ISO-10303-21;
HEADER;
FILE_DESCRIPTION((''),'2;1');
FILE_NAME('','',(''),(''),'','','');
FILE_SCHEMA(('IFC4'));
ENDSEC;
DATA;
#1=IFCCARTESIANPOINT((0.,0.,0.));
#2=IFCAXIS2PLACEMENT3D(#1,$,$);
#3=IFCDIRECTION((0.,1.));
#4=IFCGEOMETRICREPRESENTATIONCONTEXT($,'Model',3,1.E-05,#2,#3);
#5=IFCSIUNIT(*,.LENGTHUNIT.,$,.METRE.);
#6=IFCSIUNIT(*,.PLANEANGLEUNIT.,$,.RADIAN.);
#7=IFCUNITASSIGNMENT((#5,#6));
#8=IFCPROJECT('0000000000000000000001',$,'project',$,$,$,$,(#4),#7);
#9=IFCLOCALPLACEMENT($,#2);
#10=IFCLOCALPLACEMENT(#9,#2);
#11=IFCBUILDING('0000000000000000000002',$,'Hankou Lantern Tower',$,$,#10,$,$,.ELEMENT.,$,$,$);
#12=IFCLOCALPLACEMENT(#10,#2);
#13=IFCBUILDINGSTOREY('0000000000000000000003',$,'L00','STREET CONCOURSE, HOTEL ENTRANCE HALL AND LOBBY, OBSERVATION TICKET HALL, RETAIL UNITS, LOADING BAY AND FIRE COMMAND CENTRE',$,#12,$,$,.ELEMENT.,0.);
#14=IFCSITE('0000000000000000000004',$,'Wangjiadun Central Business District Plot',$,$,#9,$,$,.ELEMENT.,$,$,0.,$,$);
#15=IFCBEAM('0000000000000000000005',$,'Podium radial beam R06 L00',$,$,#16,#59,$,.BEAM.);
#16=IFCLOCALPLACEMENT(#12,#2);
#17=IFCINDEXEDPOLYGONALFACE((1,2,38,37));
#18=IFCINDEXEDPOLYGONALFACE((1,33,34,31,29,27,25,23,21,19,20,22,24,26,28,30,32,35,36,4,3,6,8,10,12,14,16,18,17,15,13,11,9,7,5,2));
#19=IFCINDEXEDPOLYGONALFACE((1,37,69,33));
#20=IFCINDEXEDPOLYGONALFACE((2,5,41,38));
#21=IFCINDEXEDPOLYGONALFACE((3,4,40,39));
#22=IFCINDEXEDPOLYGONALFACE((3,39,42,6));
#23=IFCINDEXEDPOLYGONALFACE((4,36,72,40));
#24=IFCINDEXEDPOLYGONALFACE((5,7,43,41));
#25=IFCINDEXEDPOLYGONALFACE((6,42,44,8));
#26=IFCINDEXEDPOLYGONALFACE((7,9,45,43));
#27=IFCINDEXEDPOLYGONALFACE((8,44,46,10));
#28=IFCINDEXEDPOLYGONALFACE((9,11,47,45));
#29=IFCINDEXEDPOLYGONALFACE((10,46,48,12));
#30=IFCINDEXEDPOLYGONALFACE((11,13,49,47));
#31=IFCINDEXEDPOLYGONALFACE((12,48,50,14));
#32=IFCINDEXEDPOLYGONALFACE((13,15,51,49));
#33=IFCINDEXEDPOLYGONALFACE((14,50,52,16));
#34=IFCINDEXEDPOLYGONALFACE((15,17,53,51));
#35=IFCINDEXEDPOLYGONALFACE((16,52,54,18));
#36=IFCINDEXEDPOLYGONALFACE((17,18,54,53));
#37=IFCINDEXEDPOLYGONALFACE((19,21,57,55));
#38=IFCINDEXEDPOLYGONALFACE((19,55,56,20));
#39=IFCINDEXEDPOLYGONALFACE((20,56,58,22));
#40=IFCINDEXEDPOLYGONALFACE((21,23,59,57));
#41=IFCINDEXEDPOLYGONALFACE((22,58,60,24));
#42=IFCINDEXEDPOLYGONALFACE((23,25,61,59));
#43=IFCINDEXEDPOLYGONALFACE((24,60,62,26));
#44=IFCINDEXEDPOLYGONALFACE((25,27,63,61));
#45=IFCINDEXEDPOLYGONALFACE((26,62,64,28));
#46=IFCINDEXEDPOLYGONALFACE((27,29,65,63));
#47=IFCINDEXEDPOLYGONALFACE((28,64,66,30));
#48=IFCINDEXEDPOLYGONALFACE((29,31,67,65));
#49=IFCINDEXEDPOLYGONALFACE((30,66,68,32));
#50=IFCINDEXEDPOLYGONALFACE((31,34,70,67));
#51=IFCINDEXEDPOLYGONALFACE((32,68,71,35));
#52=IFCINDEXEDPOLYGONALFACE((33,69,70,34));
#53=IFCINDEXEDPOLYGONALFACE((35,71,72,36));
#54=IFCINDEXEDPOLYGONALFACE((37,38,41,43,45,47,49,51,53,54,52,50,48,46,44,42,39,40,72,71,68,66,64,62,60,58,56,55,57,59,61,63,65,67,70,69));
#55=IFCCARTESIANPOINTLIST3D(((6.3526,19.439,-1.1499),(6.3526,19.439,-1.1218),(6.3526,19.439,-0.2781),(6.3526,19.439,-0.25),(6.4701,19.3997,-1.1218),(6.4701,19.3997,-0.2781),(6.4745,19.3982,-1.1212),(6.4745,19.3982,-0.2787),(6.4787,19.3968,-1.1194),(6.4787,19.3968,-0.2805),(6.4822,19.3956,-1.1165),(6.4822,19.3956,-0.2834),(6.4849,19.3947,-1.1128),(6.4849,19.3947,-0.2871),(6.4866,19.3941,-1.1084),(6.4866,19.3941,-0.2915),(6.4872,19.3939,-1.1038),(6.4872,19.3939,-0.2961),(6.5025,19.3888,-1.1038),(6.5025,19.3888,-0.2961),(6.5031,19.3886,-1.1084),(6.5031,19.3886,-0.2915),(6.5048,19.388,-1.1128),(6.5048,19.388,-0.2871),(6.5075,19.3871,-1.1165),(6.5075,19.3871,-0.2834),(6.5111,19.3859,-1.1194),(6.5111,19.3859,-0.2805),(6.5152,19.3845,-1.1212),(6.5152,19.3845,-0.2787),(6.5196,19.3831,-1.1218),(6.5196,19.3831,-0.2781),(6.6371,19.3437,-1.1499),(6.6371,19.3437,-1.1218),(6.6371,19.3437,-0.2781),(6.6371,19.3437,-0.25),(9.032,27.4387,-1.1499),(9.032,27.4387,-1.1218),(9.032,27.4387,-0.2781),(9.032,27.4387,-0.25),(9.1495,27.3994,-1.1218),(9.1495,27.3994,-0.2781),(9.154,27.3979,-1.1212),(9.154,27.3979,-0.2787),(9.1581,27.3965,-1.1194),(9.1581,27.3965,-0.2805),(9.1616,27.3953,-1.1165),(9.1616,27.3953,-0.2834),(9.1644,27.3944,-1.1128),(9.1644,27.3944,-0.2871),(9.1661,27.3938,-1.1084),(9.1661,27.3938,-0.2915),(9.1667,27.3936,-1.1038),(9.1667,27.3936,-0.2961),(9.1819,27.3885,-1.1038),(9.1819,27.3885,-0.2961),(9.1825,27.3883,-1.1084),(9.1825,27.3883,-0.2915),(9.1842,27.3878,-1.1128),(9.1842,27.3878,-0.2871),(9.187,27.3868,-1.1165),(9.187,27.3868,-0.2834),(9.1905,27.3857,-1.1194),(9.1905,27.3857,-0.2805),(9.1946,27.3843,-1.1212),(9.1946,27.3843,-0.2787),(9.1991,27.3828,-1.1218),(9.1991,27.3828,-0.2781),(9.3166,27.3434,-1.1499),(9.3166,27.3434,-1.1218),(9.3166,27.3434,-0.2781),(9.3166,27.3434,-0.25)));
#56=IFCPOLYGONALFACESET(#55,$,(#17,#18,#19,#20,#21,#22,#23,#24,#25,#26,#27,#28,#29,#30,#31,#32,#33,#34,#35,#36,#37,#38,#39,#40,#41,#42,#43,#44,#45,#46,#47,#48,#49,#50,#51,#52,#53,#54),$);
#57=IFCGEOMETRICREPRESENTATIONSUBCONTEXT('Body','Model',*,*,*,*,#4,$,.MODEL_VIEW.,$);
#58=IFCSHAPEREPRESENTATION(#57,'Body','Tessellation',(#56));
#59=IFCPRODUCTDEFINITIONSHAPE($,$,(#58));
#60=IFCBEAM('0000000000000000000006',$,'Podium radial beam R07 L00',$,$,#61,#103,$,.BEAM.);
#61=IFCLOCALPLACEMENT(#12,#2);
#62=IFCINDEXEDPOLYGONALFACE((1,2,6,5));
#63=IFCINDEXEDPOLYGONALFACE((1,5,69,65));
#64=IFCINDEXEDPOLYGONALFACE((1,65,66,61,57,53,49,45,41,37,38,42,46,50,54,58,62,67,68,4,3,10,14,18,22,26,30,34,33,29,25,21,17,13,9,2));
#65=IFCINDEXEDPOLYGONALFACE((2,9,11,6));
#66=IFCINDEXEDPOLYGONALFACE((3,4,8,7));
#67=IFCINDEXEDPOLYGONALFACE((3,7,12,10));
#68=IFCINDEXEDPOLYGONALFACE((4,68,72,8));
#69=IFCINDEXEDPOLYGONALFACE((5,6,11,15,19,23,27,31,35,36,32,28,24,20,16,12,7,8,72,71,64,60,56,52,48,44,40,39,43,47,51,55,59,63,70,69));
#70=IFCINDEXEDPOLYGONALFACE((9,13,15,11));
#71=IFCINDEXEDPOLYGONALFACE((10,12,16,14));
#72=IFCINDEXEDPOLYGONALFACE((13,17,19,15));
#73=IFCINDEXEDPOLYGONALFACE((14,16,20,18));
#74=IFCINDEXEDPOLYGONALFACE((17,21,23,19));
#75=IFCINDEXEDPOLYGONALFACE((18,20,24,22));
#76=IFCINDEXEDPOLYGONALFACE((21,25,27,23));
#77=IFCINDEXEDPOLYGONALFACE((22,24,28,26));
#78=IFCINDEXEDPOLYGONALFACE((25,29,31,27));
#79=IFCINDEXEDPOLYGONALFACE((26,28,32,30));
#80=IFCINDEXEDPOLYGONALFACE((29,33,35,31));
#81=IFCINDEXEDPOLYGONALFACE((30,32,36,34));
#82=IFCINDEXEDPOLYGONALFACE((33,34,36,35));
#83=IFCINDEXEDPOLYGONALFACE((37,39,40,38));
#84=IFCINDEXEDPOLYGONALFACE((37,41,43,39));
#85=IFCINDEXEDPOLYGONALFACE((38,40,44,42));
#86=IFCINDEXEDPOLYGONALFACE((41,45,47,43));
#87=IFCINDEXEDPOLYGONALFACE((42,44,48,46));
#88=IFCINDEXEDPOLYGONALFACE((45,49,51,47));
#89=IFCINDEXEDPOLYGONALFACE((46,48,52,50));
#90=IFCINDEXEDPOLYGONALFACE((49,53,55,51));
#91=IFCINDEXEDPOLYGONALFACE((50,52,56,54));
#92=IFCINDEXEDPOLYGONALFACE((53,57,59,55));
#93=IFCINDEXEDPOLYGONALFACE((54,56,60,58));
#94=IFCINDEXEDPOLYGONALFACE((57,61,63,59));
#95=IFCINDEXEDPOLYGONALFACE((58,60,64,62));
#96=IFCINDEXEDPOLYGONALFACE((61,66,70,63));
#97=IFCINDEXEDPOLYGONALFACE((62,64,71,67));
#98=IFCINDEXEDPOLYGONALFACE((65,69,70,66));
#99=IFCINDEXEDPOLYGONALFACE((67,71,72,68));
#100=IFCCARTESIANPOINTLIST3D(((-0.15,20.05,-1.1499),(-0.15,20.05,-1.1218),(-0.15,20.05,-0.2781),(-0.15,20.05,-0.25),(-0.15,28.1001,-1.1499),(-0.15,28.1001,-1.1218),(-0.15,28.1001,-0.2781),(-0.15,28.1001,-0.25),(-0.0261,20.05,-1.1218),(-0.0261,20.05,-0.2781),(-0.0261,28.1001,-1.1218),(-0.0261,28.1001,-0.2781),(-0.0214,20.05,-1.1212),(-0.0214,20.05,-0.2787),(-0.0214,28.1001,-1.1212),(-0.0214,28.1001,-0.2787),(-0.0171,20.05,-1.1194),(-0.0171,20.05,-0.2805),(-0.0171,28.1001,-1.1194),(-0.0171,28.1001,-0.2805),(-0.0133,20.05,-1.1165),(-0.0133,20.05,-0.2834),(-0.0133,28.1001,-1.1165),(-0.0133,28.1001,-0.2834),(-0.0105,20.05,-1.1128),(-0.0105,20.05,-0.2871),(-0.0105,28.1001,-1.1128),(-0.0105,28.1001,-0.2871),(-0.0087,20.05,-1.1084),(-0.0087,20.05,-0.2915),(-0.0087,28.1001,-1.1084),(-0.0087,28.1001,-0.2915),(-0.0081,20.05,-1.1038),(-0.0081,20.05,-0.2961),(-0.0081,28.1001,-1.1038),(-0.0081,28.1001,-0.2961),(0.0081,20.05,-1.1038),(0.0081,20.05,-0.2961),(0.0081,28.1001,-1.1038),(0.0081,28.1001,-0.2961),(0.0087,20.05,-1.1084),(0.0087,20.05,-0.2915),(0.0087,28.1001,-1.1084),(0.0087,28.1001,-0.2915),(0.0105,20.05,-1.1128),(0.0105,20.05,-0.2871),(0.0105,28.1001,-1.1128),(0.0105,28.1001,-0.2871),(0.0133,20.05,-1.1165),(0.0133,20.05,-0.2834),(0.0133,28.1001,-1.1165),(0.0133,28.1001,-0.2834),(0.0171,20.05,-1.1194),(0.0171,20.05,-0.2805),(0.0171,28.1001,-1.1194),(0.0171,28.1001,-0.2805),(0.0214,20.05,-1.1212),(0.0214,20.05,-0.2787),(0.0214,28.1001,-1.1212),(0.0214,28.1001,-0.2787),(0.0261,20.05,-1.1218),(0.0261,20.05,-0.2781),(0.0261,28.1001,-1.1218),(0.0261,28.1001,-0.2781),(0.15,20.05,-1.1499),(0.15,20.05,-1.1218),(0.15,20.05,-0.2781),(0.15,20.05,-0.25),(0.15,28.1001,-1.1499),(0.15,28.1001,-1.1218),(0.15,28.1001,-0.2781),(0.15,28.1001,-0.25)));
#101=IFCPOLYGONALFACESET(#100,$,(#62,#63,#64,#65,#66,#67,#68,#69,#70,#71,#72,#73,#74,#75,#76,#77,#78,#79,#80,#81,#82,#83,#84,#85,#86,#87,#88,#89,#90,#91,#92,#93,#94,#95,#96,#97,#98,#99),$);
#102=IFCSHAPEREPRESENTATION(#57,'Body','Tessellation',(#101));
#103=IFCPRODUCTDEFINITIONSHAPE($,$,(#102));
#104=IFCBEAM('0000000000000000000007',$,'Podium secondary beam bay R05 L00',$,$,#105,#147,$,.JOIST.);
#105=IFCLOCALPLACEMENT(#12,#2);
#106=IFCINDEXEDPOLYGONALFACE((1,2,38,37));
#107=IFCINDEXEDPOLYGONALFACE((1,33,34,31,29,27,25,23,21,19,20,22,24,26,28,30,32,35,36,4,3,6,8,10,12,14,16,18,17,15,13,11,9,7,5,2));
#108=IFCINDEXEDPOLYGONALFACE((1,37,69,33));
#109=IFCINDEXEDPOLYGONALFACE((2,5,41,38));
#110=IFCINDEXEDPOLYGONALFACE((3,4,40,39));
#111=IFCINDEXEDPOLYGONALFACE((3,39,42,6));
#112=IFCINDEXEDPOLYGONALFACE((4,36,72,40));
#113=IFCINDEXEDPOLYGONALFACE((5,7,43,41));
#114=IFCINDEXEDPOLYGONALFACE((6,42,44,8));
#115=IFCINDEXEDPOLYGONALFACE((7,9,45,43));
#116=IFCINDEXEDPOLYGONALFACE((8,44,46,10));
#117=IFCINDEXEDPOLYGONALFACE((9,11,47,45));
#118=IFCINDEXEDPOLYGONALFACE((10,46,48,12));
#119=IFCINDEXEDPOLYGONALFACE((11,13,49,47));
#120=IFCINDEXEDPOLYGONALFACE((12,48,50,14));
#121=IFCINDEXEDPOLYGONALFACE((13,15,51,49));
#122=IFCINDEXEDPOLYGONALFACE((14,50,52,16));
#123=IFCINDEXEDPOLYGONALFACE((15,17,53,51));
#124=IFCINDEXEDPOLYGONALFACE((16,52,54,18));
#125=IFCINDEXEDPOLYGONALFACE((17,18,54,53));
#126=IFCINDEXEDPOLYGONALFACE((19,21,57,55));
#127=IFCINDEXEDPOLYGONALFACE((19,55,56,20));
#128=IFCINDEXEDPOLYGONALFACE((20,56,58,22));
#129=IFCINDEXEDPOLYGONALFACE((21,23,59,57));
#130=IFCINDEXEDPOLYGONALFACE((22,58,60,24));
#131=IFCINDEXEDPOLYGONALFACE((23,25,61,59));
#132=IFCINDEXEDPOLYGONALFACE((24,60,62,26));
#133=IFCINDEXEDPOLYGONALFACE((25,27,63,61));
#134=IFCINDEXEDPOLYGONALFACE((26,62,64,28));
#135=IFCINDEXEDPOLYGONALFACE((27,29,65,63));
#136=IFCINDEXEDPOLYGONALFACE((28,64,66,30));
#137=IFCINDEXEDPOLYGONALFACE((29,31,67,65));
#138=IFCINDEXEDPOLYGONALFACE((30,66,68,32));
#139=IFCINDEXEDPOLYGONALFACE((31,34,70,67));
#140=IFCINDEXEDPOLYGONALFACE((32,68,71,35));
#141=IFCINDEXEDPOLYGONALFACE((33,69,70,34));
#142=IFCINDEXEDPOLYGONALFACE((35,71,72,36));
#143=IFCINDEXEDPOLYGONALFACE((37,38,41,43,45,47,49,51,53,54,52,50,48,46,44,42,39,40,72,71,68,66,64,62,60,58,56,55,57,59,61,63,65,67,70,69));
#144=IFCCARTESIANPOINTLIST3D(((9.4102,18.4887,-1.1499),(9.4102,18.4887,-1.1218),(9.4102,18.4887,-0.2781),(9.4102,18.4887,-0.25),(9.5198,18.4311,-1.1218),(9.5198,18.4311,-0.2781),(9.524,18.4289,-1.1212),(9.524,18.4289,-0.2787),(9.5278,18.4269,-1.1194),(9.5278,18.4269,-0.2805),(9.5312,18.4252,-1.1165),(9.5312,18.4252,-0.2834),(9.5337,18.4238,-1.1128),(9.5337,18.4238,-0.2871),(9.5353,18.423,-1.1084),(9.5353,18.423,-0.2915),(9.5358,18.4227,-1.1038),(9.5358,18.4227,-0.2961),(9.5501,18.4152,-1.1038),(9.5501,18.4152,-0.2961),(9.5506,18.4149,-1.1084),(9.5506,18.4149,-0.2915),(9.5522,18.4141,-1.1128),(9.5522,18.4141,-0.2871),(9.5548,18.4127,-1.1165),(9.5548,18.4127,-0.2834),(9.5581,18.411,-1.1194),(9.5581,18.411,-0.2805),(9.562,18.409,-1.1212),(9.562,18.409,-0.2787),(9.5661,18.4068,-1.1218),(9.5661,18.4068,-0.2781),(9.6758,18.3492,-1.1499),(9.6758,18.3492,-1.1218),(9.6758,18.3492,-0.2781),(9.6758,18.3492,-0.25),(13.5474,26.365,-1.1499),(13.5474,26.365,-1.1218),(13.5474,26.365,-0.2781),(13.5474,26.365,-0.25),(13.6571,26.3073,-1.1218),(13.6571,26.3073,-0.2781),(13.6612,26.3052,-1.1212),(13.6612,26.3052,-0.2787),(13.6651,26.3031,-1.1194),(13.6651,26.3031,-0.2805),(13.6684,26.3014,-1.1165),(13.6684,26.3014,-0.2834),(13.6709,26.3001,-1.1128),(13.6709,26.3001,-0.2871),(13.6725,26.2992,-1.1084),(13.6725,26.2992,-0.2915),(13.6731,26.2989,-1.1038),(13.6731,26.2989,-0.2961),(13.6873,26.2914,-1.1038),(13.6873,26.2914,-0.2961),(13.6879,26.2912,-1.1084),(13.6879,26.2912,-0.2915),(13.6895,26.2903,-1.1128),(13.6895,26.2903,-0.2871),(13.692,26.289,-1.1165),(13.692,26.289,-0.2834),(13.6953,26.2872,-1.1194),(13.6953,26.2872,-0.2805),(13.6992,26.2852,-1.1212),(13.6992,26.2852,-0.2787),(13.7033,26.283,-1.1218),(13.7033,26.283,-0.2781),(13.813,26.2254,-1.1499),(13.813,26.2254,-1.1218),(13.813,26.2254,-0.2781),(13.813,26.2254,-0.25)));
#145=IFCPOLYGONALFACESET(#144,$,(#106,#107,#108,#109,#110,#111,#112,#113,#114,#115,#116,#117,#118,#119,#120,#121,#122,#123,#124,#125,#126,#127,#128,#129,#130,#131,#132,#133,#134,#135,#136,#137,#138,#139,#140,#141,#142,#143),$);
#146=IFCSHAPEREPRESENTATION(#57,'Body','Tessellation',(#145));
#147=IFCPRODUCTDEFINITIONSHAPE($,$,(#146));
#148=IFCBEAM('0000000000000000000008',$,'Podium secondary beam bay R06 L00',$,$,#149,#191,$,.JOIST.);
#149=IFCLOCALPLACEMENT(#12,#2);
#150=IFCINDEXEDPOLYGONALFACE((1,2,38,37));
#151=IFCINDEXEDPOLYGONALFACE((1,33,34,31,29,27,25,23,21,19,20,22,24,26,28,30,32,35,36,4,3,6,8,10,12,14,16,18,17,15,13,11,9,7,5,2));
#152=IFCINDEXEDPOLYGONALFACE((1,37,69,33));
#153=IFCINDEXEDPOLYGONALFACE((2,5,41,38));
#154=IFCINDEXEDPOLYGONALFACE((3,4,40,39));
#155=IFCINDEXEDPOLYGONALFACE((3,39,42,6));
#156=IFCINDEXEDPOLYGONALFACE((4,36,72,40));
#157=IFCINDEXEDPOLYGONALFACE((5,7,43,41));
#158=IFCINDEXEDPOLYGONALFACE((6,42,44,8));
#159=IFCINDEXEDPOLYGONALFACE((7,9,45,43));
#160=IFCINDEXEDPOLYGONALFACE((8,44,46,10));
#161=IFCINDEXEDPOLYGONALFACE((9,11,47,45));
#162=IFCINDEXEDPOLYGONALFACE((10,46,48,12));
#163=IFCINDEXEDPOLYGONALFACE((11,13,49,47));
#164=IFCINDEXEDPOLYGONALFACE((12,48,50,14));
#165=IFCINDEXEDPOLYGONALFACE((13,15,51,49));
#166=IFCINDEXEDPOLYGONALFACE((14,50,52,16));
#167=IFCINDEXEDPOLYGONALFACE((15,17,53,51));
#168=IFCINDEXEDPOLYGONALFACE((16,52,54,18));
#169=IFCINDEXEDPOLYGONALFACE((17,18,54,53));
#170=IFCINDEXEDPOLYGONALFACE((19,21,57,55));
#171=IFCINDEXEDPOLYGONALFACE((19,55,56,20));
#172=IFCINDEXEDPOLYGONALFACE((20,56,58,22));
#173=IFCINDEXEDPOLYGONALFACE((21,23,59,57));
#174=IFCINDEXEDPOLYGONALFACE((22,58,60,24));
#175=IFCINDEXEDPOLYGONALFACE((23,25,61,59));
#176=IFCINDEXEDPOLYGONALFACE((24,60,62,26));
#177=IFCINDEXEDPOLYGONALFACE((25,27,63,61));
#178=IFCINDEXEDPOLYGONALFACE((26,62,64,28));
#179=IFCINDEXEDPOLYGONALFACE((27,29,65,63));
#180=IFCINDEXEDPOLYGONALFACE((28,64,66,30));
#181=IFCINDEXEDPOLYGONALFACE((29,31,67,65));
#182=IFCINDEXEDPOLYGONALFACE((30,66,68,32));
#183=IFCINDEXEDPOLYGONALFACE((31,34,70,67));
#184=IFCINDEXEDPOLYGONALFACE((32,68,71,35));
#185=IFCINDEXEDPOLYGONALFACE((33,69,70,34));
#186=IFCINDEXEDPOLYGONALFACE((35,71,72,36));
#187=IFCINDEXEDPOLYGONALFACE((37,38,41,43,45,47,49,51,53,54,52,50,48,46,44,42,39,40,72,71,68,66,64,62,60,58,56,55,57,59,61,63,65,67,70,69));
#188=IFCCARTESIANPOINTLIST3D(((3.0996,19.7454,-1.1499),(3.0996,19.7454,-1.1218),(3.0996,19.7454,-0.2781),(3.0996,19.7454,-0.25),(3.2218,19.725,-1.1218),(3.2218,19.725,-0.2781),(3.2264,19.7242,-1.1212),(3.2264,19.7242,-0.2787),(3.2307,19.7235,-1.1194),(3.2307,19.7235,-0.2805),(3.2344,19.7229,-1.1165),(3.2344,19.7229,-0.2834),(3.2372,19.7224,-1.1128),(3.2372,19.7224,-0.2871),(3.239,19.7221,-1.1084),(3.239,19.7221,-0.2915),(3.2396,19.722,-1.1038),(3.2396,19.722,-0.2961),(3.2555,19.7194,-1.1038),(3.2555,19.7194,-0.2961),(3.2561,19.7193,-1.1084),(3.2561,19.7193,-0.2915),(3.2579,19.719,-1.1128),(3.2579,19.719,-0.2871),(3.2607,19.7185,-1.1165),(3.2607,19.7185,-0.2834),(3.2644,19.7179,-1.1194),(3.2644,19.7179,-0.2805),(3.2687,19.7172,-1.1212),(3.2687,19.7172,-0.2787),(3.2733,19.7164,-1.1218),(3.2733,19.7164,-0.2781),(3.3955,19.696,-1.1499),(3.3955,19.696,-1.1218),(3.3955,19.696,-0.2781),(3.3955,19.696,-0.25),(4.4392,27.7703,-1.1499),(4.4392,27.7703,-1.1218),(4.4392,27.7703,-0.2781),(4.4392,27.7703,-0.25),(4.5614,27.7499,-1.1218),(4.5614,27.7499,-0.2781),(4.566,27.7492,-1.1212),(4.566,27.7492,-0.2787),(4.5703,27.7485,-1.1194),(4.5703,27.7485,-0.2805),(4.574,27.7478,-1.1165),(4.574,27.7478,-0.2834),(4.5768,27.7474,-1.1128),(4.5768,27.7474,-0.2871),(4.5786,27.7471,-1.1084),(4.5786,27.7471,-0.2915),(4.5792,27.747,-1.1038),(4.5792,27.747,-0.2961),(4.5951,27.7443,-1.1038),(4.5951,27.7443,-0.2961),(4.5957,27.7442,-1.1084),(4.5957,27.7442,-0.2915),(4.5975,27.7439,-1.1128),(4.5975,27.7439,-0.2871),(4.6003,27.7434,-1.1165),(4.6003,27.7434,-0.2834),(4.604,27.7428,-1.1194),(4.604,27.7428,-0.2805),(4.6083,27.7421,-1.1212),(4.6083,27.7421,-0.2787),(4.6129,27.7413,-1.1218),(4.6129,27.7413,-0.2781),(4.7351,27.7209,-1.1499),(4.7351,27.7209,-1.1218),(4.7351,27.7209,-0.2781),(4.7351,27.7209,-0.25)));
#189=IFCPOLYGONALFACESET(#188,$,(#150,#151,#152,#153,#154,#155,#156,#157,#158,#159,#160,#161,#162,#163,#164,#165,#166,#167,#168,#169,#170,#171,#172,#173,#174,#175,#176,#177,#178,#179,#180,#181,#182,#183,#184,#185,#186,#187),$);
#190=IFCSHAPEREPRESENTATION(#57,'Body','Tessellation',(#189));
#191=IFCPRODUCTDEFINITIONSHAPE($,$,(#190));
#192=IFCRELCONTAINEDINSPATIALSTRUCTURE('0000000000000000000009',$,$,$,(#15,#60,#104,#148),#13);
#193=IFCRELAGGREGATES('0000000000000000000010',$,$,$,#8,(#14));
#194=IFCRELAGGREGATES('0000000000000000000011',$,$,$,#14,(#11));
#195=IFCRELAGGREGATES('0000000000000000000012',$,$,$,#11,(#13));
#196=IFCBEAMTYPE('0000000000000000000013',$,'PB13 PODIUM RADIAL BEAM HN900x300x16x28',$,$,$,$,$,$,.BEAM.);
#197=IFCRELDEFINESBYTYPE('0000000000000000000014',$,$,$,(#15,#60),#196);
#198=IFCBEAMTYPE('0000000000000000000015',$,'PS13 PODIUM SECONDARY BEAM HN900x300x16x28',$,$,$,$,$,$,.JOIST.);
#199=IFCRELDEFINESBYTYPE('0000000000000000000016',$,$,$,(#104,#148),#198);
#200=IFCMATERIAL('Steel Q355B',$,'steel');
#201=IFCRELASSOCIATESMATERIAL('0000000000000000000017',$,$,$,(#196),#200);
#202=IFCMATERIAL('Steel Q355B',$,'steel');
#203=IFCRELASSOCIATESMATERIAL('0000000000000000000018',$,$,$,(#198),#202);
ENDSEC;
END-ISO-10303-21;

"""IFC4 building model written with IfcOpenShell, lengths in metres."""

from ifc_helpers import new_model, si_unit, direction, frame, origin, origin_2d, place, context, subcontext, project, spatial, i_section, extrude, material, material_profile, profile_set, type_object, element, save


model = new_model("IFC4")

# Units and contexts
model_context = context("Model", 3, precision=1e-05, world=origin(), true_north=direction((0.0, 1.0)))
body_context = subcontext(model_context, "Body", "Model", "MODEL_VIEW")
ifc_project = project(units=[si_unit("LENGTHUNIT", "METRE"), si_unit("PLANEANGLEUNIT", "RADIAN")], contexts=[model_context])

# Site, building, storey
site_placement = place(None, origin())
site = spatial("IfcSite", under=ifc_project, at=site_placement, Name="Wangjiadun Central Business District Plot", CompositionType="ELEMENT", RefElevation=0.0)
building_placement = place(site_placement, origin())
building = spatial("IfcBuilding", under=site, at=building_placement, Name="Hankou Lantern Tower", CompositionType="ELEMENT")
storey_placement = place(building_placement, origin())
storey = spatial("IfcBuildingStorey", under=building, at=storey_placement, Name="L00", Description="STREET CONCOURSE, HOTEL ENTRANCE HALL AND LOBBY, OBSERVATION TICKET HALL, RETAIL UNITS, LOADING BAY AND FIRE COMMAND CENTRE", CompositionType="ELEMENT", Elevation=0.0)

# Beams
ifc_material_1 = material(Name="Steel Q355B", Category="steel")
ifc_material_profile_1 = material_profile(ifc_material_1, i_section(OverallWidth=0.3, OverallDepth=0.8999, WebThickness=0.0161, FlangeThickness=0.0281, FilletRadius=0.0181, at=origin_2d()), Name="HN900x300x16x28")
ifc_profile_set_1 = profile_set([ifc_material_profile_1], Name="Steel Q355B")
beam_type_1 = type_object("IfcBeamType", Name="PB13 PODIUM RADIAL BEAM HN900x300x16x28", PredefinedType="BEAM", material=ifc_profile_set_1)
beam_1_placement = place(storey_placement, frame((6.4949, 19.3914, -0.7), z_axis=(0.317599, 0.948225, 0.0), x_axis=(-0.948225, 0.317599, 0.0)))
element("IfcBeam", 1, at=beam_1_placement, inside=storey, type_object=beam_type_1, Name="Podium radial beam R06 L00", PredefinedType="BEAM", context=body_context, shape_type="SweptSolid", body=[
    extrude(i_section(OverallWidth=0.3, OverallDepth=0.8999, WebThickness=0.0161, FlangeThickness=0.0281, FilletRadius=0.0181, at=origin_2d()), origin(), (0.0, 0.0, 1.0), 8.4365),
])
beam_2_placement = place(storey_placement, frame((0.0, 20.05, -0.7), z_axis=(0.0, 1.0, 0.0), x_axis=(-1.0, 0.0, 0.0)))
element("IfcBeam", 2, at=beam_2_placement, inside=storey, type_object=beam_type_1, Name="Podium radial beam R07 L00", PredefinedType="BEAM", context=body_context, shape_type="SweptSolid", body=[
    extrude(i_section(OverallWidth=0.3, OverallDepth=0.8999, WebThickness=0.0161, FlangeThickness=0.0281, FilletRadius=0.0181, at=origin_2d()), origin(), (0.0, 0.0, 1.0), 8.05),
])
ifc_material_2 = material(Name="Steel Q355B", Category="steel")
ifc_material_profile_2 = material_profile(ifc_material_2, i_section(OverallWidth=0.3, OverallDepth=0.8999, WebThickness=0.0161, FlangeThickness=0.0281, FilletRadius=0.0181, at=origin_2d()), Name="HN900x300x16x28")
ifc_profile_set_2 = profile_set([ifc_material_profile_2], Name="Steel Q355B")
beam_type_2 = type_object("IfcBeamType", Name="PS13 PODIUM SECONDARY BEAM HN900x300x16x28", PredefinedType="JOIST", material=ifc_profile_set_2)
beam_3_placement = place(storey_placement, frame((9.543, 18.4189, -0.7), z_axis=(0.465027, 0.885297, 0.0), x_axis=(-0.885297, 0.465027, 0.0)))
element("IfcBeam", 3, at=beam_3_placement, inside=storey, type_object=beam_type_2, Name="Podium secondary beam bay R05 L00", PredefinedType="JOIST", context=body_context, shape_type="SweptSolid", body=[
    extrude(i_section(OverallWidth=0.3, OverallDepth=0.8999, WebThickness=0.0161, FlangeThickness=0.0281, FilletRadius=0.0181, at=origin_2d()), origin(), (0.0, 0.0, 1.0), 8.8967),
])
beam_4_placement = place(storey_placement, frame((3.2476, 19.7207, -0.7), z_axis=(0.164652, 0.986352, 0.0), x_axis=(-0.986352, 0.164652, 0.0)))
element("IfcBeam", 4, at=beam_4_placement, inside=storey, type_object=beam_type_2, Name="Podium secondary beam bay R06 L00", PredefinedType="JOIST", context=body_context, shape_type="SweptSolid", body=[
    extrude(i_section(OverallWidth=0.3, OverallDepth=0.8999, WebThickness=0.0161, FlangeThickness=0.0281, FilletRadius=0.0181, at=origin_2d()), origin(), (0.0, 0.0, 1.0), 8.136),
])

save(model, "model.ifc")
